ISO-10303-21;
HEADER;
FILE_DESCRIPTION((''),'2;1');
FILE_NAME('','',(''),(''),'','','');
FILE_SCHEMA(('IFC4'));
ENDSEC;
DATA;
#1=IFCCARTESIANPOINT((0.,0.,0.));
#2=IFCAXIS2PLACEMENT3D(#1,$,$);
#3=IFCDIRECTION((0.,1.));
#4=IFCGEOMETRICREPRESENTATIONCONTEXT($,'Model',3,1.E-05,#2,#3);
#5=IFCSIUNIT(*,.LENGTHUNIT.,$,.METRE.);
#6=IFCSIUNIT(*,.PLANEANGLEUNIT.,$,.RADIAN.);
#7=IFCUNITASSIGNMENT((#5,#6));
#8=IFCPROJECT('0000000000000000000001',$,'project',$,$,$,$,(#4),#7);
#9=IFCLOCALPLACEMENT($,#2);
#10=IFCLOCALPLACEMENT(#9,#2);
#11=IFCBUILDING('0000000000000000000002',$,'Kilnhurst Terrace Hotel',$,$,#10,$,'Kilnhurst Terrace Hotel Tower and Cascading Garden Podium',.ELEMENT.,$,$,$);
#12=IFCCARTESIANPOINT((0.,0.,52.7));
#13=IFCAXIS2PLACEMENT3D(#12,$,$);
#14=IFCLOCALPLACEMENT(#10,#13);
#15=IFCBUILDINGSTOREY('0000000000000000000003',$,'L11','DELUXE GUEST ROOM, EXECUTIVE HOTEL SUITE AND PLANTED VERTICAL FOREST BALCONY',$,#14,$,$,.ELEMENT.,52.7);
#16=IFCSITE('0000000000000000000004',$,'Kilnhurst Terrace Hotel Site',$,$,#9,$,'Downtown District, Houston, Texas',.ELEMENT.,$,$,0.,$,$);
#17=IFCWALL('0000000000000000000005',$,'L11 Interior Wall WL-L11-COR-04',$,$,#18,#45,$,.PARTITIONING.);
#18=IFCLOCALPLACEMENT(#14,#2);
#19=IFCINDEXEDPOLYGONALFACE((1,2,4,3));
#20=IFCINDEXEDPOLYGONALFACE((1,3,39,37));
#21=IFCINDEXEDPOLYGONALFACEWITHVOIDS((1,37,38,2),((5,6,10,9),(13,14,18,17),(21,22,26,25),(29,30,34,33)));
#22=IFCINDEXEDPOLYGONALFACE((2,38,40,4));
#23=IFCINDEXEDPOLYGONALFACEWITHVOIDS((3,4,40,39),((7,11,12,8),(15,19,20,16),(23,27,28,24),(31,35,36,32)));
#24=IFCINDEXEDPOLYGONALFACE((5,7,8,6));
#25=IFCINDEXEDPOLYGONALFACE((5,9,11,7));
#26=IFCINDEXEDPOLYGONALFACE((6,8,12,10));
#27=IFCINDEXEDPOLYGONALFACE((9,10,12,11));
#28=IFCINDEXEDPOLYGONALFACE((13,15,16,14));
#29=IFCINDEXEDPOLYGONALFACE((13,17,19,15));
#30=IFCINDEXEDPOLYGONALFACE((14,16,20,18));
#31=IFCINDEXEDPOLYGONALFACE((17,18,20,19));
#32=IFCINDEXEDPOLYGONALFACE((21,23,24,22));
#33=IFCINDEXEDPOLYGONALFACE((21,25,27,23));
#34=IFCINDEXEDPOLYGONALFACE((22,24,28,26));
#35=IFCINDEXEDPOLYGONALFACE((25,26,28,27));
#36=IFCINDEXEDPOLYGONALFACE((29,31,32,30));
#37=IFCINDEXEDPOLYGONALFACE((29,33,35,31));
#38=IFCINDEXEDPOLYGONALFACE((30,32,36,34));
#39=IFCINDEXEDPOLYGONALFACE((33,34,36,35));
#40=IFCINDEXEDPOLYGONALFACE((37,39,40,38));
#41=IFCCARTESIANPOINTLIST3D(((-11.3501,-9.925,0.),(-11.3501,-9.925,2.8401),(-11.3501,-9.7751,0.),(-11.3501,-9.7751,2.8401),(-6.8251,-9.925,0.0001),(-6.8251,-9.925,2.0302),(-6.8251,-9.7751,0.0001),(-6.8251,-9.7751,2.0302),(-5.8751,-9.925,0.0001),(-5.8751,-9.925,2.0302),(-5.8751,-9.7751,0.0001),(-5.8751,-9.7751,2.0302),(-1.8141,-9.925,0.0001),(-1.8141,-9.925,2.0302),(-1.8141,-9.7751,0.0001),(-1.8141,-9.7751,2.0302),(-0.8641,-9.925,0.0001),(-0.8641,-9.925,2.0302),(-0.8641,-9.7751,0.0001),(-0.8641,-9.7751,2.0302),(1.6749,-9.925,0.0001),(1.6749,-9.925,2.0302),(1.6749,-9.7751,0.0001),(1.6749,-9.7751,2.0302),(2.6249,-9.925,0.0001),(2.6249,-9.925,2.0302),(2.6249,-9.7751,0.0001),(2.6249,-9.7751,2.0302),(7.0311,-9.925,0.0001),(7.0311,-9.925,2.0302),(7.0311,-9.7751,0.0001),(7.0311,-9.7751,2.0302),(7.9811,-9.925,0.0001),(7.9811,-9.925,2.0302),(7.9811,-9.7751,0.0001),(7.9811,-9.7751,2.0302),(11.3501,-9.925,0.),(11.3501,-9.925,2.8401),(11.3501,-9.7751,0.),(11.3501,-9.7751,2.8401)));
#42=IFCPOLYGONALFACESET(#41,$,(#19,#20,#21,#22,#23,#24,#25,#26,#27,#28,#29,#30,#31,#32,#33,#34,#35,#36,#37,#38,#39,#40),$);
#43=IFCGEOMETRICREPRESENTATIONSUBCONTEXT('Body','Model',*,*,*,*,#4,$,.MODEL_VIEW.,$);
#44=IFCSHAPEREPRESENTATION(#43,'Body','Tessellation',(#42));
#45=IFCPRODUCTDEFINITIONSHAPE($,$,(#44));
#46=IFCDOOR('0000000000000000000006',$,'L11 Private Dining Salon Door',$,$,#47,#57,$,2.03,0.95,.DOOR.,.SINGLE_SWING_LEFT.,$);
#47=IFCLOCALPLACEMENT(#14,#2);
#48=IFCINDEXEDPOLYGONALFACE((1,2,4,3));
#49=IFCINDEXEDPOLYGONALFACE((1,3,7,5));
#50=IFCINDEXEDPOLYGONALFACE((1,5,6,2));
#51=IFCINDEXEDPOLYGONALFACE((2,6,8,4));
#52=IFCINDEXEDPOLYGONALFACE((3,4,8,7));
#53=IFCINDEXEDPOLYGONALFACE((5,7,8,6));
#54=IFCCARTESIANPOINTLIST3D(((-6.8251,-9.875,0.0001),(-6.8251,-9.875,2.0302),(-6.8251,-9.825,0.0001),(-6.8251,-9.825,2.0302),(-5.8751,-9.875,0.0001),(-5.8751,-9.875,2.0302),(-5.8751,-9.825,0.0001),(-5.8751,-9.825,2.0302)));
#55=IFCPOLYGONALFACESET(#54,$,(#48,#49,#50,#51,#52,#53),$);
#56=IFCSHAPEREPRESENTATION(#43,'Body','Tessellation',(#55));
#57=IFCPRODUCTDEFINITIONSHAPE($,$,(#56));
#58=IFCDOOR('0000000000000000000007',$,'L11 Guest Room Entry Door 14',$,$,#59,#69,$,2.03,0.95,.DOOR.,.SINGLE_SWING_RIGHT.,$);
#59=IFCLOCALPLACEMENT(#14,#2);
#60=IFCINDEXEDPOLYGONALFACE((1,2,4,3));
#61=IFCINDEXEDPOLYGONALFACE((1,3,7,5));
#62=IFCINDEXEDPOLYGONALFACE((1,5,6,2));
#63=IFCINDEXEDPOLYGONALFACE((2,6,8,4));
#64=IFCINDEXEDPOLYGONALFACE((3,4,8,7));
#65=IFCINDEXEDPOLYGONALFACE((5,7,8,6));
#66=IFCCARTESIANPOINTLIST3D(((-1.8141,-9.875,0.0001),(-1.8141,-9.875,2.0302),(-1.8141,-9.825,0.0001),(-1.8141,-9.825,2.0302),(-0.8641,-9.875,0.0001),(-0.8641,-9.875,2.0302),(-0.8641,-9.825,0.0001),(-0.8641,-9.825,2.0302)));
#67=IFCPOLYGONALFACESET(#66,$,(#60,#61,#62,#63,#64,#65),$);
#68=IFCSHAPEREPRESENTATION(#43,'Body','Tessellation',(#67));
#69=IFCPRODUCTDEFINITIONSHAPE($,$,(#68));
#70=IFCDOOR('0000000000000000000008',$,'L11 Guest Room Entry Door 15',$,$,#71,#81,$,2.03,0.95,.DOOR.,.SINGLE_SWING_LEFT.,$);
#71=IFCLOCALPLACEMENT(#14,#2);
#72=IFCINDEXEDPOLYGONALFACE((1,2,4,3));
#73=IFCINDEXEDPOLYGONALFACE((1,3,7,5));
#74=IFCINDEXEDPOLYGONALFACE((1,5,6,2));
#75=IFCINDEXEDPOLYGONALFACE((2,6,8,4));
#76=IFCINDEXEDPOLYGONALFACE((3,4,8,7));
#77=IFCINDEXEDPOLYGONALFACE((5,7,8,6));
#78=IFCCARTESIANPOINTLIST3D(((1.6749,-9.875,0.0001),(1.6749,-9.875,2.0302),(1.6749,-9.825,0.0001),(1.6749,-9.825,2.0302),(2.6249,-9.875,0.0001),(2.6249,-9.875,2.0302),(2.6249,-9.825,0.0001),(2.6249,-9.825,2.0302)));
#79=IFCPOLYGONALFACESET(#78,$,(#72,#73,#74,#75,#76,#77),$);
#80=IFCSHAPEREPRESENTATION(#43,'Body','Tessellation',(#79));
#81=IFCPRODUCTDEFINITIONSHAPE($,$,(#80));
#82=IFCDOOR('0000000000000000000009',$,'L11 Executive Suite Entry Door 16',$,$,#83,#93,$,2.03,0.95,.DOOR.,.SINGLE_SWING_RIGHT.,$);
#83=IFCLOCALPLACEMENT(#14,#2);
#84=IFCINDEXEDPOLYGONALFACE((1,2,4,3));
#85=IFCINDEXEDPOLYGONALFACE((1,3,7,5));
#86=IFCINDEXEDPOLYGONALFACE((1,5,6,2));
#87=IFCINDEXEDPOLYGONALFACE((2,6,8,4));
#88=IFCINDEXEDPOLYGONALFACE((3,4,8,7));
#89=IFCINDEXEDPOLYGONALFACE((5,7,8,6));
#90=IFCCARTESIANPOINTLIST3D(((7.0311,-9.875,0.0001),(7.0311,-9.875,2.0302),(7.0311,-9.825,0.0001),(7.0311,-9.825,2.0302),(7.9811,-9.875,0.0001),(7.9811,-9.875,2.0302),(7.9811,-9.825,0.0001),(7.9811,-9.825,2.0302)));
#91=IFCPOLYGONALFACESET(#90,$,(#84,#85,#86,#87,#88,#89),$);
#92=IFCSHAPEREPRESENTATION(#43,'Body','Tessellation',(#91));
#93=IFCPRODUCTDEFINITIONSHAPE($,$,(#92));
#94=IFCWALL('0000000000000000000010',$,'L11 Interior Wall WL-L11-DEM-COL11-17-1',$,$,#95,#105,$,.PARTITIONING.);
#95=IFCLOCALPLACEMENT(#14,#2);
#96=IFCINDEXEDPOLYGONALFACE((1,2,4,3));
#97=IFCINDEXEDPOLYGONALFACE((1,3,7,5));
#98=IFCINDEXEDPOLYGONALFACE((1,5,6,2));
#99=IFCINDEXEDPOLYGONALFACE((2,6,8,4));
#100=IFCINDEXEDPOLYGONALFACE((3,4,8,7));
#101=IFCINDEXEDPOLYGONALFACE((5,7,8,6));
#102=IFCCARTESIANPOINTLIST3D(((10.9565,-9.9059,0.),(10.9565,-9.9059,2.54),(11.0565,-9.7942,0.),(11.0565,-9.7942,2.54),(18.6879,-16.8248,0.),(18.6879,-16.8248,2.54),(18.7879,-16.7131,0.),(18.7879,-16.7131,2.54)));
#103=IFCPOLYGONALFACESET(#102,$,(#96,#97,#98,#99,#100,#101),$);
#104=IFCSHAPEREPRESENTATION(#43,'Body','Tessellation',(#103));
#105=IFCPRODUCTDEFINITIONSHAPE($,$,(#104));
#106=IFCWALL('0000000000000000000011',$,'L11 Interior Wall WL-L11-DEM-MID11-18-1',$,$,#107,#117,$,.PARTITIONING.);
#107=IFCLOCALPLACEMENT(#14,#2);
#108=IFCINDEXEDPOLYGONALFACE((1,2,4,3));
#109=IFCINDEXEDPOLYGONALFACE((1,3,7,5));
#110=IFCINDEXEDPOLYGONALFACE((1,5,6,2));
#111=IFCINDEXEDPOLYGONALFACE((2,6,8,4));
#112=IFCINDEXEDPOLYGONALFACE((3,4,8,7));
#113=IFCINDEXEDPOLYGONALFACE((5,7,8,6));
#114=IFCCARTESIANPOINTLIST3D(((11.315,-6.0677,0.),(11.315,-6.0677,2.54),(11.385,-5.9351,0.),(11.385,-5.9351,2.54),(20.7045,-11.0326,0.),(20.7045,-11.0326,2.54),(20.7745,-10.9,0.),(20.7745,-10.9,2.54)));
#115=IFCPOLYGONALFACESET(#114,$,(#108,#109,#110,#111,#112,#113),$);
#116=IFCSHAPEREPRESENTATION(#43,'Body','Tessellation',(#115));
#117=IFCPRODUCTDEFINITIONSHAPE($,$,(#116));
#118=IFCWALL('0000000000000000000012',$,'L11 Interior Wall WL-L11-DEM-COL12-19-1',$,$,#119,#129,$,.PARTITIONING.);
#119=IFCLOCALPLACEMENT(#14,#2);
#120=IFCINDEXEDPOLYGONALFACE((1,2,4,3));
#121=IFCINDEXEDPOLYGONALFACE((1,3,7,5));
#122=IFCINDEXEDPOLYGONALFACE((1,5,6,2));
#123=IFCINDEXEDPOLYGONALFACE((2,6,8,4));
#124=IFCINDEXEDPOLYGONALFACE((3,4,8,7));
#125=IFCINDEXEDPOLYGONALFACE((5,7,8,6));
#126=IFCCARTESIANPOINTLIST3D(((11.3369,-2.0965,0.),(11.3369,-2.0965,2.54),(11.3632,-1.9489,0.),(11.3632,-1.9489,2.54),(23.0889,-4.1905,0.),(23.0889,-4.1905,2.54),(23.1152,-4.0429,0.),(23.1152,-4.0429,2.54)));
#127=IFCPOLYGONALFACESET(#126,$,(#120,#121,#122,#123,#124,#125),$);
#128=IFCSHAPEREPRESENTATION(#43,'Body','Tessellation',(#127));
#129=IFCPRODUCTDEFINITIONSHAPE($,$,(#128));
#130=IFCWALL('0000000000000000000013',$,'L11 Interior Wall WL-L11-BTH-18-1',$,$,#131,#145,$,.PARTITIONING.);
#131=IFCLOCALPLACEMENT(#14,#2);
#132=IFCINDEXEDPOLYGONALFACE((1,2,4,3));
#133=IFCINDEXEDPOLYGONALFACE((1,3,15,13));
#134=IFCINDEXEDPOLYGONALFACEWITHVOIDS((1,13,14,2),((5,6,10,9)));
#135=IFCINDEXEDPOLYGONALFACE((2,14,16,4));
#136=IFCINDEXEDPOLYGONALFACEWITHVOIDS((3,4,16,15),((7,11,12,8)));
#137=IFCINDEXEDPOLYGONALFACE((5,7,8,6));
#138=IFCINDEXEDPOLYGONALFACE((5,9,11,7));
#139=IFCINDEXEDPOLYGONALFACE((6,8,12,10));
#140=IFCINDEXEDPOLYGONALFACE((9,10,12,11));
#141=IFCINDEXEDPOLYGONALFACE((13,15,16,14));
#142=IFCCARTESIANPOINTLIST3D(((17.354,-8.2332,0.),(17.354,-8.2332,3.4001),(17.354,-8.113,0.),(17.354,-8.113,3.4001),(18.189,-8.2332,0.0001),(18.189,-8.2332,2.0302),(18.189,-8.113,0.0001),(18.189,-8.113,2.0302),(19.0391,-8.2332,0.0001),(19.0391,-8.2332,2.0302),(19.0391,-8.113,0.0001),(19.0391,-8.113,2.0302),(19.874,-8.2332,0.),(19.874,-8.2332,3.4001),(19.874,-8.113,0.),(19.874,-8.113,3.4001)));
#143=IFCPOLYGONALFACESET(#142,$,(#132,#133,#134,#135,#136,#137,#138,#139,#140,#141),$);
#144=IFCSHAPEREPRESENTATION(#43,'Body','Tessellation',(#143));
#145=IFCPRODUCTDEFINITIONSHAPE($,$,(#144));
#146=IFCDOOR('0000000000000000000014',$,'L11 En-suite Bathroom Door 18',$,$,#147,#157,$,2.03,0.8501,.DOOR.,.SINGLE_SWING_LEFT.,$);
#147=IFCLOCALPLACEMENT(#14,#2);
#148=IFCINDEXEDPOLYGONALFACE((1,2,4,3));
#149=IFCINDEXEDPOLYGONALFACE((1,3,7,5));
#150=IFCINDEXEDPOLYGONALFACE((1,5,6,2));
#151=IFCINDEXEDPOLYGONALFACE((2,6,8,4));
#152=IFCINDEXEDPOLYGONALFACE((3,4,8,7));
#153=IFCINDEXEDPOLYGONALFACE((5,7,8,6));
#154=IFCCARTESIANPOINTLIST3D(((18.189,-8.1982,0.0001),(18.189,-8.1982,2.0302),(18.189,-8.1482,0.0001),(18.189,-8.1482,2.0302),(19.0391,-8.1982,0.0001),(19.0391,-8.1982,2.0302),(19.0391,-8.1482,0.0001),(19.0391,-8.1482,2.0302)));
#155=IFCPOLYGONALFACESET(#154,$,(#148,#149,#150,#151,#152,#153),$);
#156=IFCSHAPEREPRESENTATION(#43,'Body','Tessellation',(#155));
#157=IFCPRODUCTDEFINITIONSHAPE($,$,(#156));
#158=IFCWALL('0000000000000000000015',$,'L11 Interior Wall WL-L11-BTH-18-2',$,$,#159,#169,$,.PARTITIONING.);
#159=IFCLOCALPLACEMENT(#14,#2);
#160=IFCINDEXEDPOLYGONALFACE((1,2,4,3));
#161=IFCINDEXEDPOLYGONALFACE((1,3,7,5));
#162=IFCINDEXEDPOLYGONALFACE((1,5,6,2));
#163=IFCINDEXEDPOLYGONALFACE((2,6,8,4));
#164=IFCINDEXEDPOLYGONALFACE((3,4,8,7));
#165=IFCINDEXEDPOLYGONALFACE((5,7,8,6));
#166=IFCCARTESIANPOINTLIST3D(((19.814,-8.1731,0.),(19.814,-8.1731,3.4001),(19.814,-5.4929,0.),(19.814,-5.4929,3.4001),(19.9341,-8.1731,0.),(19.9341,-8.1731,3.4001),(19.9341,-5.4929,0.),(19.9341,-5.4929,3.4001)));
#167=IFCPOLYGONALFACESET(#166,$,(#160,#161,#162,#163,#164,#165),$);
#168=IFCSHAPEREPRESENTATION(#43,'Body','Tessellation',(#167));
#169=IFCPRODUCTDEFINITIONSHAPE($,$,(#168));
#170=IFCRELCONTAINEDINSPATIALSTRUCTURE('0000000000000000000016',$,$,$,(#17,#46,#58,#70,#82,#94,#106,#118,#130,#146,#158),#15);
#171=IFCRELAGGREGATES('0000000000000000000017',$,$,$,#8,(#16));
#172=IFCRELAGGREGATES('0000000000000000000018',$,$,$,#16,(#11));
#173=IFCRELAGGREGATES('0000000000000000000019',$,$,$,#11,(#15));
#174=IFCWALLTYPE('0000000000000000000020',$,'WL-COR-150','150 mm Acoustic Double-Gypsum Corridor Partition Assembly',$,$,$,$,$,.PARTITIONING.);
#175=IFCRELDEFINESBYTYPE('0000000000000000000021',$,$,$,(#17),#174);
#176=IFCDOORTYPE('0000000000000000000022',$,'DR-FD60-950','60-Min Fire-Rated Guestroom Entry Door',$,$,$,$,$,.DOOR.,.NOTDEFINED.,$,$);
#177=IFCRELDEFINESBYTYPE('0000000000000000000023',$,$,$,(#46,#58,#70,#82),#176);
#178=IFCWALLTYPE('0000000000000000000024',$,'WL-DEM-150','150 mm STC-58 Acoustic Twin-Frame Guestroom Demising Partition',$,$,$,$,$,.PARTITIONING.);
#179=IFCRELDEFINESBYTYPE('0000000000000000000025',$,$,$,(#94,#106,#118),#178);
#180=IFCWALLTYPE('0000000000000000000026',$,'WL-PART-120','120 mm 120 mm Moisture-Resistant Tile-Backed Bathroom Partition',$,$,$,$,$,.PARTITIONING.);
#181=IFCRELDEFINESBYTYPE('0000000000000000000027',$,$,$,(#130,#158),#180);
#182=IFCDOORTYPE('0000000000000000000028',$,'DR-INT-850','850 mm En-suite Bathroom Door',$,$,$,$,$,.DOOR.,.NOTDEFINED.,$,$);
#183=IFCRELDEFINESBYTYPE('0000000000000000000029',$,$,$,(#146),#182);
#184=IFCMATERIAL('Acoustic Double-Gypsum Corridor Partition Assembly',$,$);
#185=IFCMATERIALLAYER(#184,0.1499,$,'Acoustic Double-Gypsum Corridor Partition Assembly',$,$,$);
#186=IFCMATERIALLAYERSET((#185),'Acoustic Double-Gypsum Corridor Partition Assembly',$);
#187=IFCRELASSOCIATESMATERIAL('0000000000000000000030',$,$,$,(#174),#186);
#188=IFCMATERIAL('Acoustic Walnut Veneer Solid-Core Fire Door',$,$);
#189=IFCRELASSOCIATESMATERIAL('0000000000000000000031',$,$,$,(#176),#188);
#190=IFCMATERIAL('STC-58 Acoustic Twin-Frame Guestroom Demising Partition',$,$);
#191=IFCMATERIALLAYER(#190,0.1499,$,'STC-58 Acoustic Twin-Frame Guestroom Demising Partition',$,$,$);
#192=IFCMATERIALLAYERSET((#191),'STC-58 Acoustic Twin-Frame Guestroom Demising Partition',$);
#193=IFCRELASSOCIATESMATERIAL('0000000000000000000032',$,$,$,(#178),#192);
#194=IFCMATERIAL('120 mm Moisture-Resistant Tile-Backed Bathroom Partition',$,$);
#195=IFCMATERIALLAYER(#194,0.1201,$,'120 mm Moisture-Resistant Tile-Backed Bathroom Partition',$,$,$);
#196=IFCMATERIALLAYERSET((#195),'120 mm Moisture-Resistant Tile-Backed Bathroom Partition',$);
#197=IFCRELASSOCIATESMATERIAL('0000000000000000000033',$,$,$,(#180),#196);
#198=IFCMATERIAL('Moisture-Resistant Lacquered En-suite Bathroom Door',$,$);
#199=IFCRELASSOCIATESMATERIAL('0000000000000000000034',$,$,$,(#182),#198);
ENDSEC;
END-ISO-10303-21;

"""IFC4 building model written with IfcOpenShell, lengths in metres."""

from ifc_helpers import new_model, si_unit, direction, frame, frame_2d, origin, place, context, subcontext, project, spatial, rectangle, extrude, material, layer, layer_set, type_object, element, fill, save


model = new_model("IFC4")

# Units and contexts
model_context = context("Model", 3, precision=1e-05, world=origin(), true_north=direction((0.0, 1.0)))
body_context = subcontext(model_context, "Body", "Model", "MODEL_VIEW")
ifc_project = project(units=[si_unit("LENGTHUNIT", "METRE"), si_unit("PLANEANGLEUNIT", "RADIAN")], contexts=[model_context])

# Site, building, storey
site_placement = place(None, origin())
site = spatial("IfcSite", under=ifc_project, at=site_placement, Name="Kilnhurst Terrace Hotel Site", LongName="Downtown District, Houston, Texas", CompositionType="ELEMENT", RefElevation=0.0)
building_placement = place(site_placement, origin())
building = spatial("IfcBuilding", under=site, at=building_placement, Name="Kilnhurst Terrace Hotel", LongName="Kilnhurst Terrace Hotel Tower and Cascading Garden Podium", CompositionType="ELEMENT")
storey_placement = place(building_placement, frame((0.0, 0.0, 52.7)))
storey = spatial("IfcBuildingStorey", under=building, at=storey_placement, Name="L11", Description="DELUXE GUEST ROOM, EXECUTIVE HOTEL SUITE AND PLANTED VERTICAL FOREST BALCONY", CompositionType="ELEMENT", Elevation=52.7)

# Wall, openings, doors
ifc_material_1 = material(Name="Acoustic Double-Gypsum Corridor Partition Assembly")
ifc_layer_1 = layer(ifc_material_1, 0.1499, Name="Acoustic Double-Gypsum Corridor Partition Assembly")
ifc_layer_set_1 = layer_set([ifc_layer_1], Name="Acoustic Double-Gypsum Corridor Partition Assembly")
wall_type_1 = type_object("IfcWallType", Name="WL-COR-150", Description="150 mm Acoustic Double-Gypsum Corridor Partition Assembly", PredefinedType="PARTITIONING", material=ifc_layer_set_1)
wall_1_placement = place(storey_placement, frame((11.3501, -9.8501, 0.0), z_axis=(0.0, 0.0, 1.0), x_axis=(-1.0, 0.0, 0.0)))
wall_1 = element("IfcWall", 1, at=wall_1_placement, inside=storey, type_object=wall_type_1, Name="L11 Interior Wall WL-L11-COR-04", PredefinedType="PARTITIONING", context=body_context, shape_type="SweptSolid", body=[
    extrude(rectangle(XDim=22.7002, YDim=0.1499, at=frame_2d((11.3501, 0.0))), origin(), (0.0, 0.0, 1.0), 2.8401),
])
opening_1_placement = place(wall_1_placement, frame((17.2251, 0.0, 0.0)))
opening_1 = element("IfcOpeningElement", 2, at=opening_1_placement, cuts=wall_1, PredefinedType="OPENING", context=body_context, shape_type="SweptSolid", body=[
    extrude(rectangle(XDim=0.95, YDim=2.03, at=frame_2d((0.4751, 1.0151))), frame((0.0, 0.085, 0.0), z_axis=(0.0, -1.0, 0.0), x_axis=(1.0, 0.0, 0.0)), (0.0, 0.0, 1.0), 0.1699),
])
opening_2_placement = place(wall_1_placement, frame((12.2141, 0.0, 0.0)))
opening_2 = element("IfcOpeningElement", 3, at=opening_2_placement, cuts=wall_1, PredefinedType="OPENING", context=body_context, shape_type="SweptSolid", body=[
    extrude(rectangle(XDim=0.95, YDim=2.03, at=frame_2d((0.4751, 1.0151))), frame((0.0, 0.085, 0.0), z_axis=(0.0, -1.0, 0.0), x_axis=(1.0, 0.0, 0.0)), (0.0, 0.0, 1.0), 0.1699),
])
opening_3_placement = place(wall_1_placement, frame((8.7251, 0.0, 0.0)))
opening_3 = element("IfcOpeningElement", 4, at=opening_3_placement, cuts=wall_1, PredefinedType="OPENING", context=body_context, shape_type="SweptSolid", body=[
    extrude(rectangle(XDim=0.95, YDim=2.03, at=frame_2d((0.4751, 1.0151))), frame((0.0, 0.085, 0.0), z_axis=(0.0, -1.0, 0.0), x_axis=(1.0, 0.0, 0.0)), (0.0, 0.0, 1.0), 0.1699),
])
opening_4_placement = place(wall_1_placement, frame((3.3689, 0.0, 0.0)))
opening_4 = element("IfcOpeningElement", 5, at=opening_4_placement, cuts=wall_1, PredefinedType="OPENING", context=body_context, shape_type="SweptSolid", body=[
    extrude(rectangle(XDim=0.95, YDim=2.03, at=frame_2d((0.4751, 1.0151))), frame((0.0, 0.085, 0.0), z_axis=(0.0, -1.0, 0.0), x_axis=(1.0, 0.0, 0.0)), (0.0, 0.0, 1.0), 0.1699),
])
ifc_material_2 = material(Name="Acoustic Walnut Veneer Solid-Core Fire Door")
door_type_1 = type_object("IfcDoorType", Name="DR-FD60-950", Description="60-Min Fire-Rated Guestroom Entry Door", OperationType="NOTDEFINED", PredefinedType="DOOR", material=ifc_material_2)
door_1_placement = place(opening_1_placement, origin())
door_1 = element("IfcDoor", 6, at=door_1_placement, inside=storey, type_object=door_type_1, Name="L11 Private Dining Salon Door", OperationType="SINGLE_SWING_LEFT", OverallHeight=2.03, OverallWidth=0.95, PredefinedType="DOOR", context=body_context, shape_type="SweptSolid", body=[
    extrude(rectangle(XDim=0.95, YDim=2.03, at=frame_2d((0.4751, 1.0151))), frame((0.0, 0.0249, 0.0), z_axis=(0.0, -1.0, 0.0), x_axis=(1.0, 0.0, 0.0)), (0.0, 0.0, 1.0), 0.05),
])
fill(opening_1, door_1)
door_2_placement = place(opening_2_placement, origin())
door_2 = element("IfcDoor", 7, at=door_2_placement, inside=storey, type_object=door_type_1, Name="L11 Guest Room Entry Door 14", OperationType="SINGLE_SWING_RIGHT", OverallHeight=2.03, OverallWidth=0.95, PredefinedType="DOOR", context=body_context, shape_type="SweptSolid", body=[
    extrude(rectangle(XDim=0.95, YDim=2.03, at=frame_2d((0.4751, 1.0151))), frame((0.0, 0.0249, 0.0), z_axis=(0.0, -1.0, 0.0), x_axis=(1.0, 0.0, 0.0)), (0.0, 0.0, 1.0), 0.05),
])
fill(opening_2, door_2)
door_3_placement = place(opening_3_placement, origin())
door_3 = element("IfcDoor", 8, at=door_3_placement, inside=storey, type_object=door_type_1, Name="L11 Guest Room Entry Door 15", OperationType="SINGLE_SWING_LEFT", OverallHeight=2.03, OverallWidth=0.95, PredefinedType="DOOR", context=body_context, shape_type="SweptSolid", body=[
    extrude(rectangle(XDim=0.95, YDim=2.03, at=frame_2d((0.4751, 1.0151))), frame((0.0, 0.0249, 0.0), z_axis=(0.0, -1.0, 0.0), x_axis=(1.0, 0.0, 0.0)), (0.0, 0.0, 1.0), 0.05),
])
fill(opening_3, door_3)
door_4_placement = place(opening_4_placement, origin())
door_4 = element("IfcDoor", 9, at=door_4_placement, inside=storey, type_object=door_type_1, Name="L11 Executive Suite Entry Door 16", OperationType="SINGLE_SWING_RIGHT", OverallHeight=2.03, OverallWidth=0.95, PredefinedType="DOOR", context=body_context, shape_type="SweptSolid", body=[
    extrude(rectangle(XDim=0.95, YDim=2.03, at=frame_2d((0.4751, 1.0151))), frame((0.0, 0.0249, 0.0), z_axis=(0.0, -1.0, 0.0), x_axis=(1.0, 0.0, 0.0)), (0.0, 0.0, 1.0), 0.05),
])
fill(opening_4, door_4)

# Walls
ifc_material_3 = material(Name="STC-58 Acoustic Twin-Frame Guestroom Demising Partition")
ifc_layer_2 = layer(ifc_material_3, 0.1499, Name="STC-58 Acoustic Twin-Frame Guestroom Demising Partition")
ifc_layer_set_2 = layer_set([ifc_layer_2], Name="STC-58 Acoustic Twin-Frame Guestroom Demising Partition")
wall_type_2 = type_object("IfcWallType", Name="WL-DEM-150", Description="150 mm STC-58 Acoustic Twin-Frame Guestroom Demising Partition", PredefinedType="PARTITIONING", material=ifc_layer_set_2)
wall_2_placement = place(storey_placement, frame((11.0066, -9.8501, 0.0), z_axis=(0.0, 0.0, 1.0), x_axis=(0.745177, -0.666866, 0.0)))
element("IfcWall", 10, at=wall_2_placement, inside=storey, type_object=wall_type_2, Name="L11 Interior Wall WL-L11-DEM-COL11-17-1", PredefinedType="PARTITIONING", context=body_context, shape_type="SweptSolid", body=[
    extrude(rectangle(XDim=10.3752, YDim=0.1499, at=frame_2d((5.1875, 0.0))), origin(), (0.0, 0.0, 1.0), 2.54),
])
wall_3_placement = place(storey_placement, frame((11.3501, -6.0015, 0.0), z_axis=(0.0, 0.0, 1.0), x_axis=(0.884022, -0.467445, 0.0)))
element("IfcWall", 11, at=wall_3_placement, inside=storey, type_object=wall_type_2, Name="L11 Interior Wall WL-L11-DEM-MID11-18-1", PredefinedType="PARTITIONING", context=body_context, shape_type="SweptSolid", body=[
    extrude(rectangle(XDim=10.6213, YDim=0.1499, at=frame_2d((5.3105, 0.0))), origin(), (0.0, 0.0, 1.0), 2.54),
])
wall_4_placement = place(storey_placement, frame((11.3501, -2.0227, 0.0), z_axis=(0.0, 0.0, 1.0), x_axis=(0.984494, -0.17542, 0.0)))
element("IfcWall", 12, at=wall_4_placement, inside=storey, type_object=wall_type_2, Name="L11 Interior Wall WL-L11-DEM-COL12-19-1", PredefinedType="PARTITIONING", context=body_context, shape_type="SweptSolid", body=[
    extrude(rectangle(XDim=11.937, YDim=0.1499, at=frame_2d((5.9685, 0.0))), origin(), (0.0, 0.0, 1.0), 2.54),
])

# Wall, opening, door
ifc_material_4 = material(Name="120 mm Moisture-Resistant Tile-Backed Bathroom Partition")
ifc_layer_3 = layer(ifc_material_4, 0.1201, Name="120 mm Moisture-Resistant Tile-Backed Bathroom Partition")
ifc_layer_set_3 = layer_set([ifc_layer_3], Name="120 mm Moisture-Resistant Tile-Backed Bathroom Partition")
wall_type_3 = type_object("IfcWallType", Name="WL-PART-120", Description="120 mm 120 mm Moisture-Resistant Tile-Backed Bathroom Partition", PredefinedType="PARTITIONING", material=ifc_layer_set_3)
wall_5_placement = place(storey_placement, frame((17.354, -8.1731, 0.0), z_axis=(0.0, 0.0, 1.0), x_axis=(1.0, 0.0, 0.0)))
wall_5 = element("IfcWall", 13, at=wall_5_placement, inside=storey, type_object=wall_type_3, Name="L11 Interior Wall WL-L11-BTH-18-1", PredefinedType="PARTITIONING", context=body_context, shape_type="SweptSolid", body=[
    extrude(rectangle(XDim=2.52, YDim=0.1201, at=frame_2d((1.26, 0.0))), origin(), (0.0, 0.0, 1.0), 3.4001),
])
opening_5_placement = place(wall_5_placement, frame((0.835, 0.0, 0.0)))
opening_5 = element("IfcOpeningElement", 14, at=opening_5_placement, cuts=wall_5, PredefinedType="OPENING", context=body_context, shape_type="SweptSolid", body=[
    extrude(rectangle(XDim=0.8501, YDim=2.03, at=frame_2d((0.425, 1.0151))), frame((0.0, 0.0701, 0.0), z_axis=(0.0, -1.0, 0.0), x_axis=(1.0, 0.0, 0.0)), (0.0, 0.0, 1.0), 0.1401),
])
ifc_material_5 = material(Name="Moisture-Resistant Lacquered En-suite Bathroom Door")
door_type_2 = type_object("IfcDoorType", Name="DR-INT-850", Description="850 mm En-suite Bathroom Door", OperationType="NOTDEFINED", PredefinedType="DOOR", material=ifc_material_5)
door_5_placement = place(opening_5_placement, origin())
door_5 = element("IfcDoor", 15, at=door_5_placement, inside=storey, type_object=door_type_2, Name="L11 En-suite Bathroom Door 18", OperationType="SINGLE_SWING_LEFT", OverallHeight=2.03, OverallWidth=0.8501, PredefinedType="DOOR", context=body_context, shape_type="SweptSolid", body=[
    extrude(rectangle(XDim=0.8501, YDim=2.03, at=frame_2d((0.425, 1.0151))), frame((0.0, 0.0249, 0.0), z_axis=(0.0, -1.0, 0.0), x_axis=(1.0, 0.0, 0.0)), (0.0, 0.0, 1.0), 0.05),
])
fill(opening_5, door_5)

# Wall
wall_6_placement = place(storey_placement, frame((19.874, -8.1731, 0.0), z_axis=(0.0, 0.0, 1.0), x_axis=(0.0, 1.0, 0.0)))
element("IfcWall", 16, at=wall_6_placement, inside=storey, type_object=wall_type_3, Name="L11 Interior Wall WL-L11-BTH-18-2", PredefinedType="PARTITIONING", context=body_context, shape_type="SweptSolid", body=[
    extrude(rectangle(XDim=2.6802, YDim=0.1201, at=frame_2d((1.3401, 0.0))), origin(), (0.0, 0.0, 1.0), 3.4001),
])

save(model, "model.ifc")
